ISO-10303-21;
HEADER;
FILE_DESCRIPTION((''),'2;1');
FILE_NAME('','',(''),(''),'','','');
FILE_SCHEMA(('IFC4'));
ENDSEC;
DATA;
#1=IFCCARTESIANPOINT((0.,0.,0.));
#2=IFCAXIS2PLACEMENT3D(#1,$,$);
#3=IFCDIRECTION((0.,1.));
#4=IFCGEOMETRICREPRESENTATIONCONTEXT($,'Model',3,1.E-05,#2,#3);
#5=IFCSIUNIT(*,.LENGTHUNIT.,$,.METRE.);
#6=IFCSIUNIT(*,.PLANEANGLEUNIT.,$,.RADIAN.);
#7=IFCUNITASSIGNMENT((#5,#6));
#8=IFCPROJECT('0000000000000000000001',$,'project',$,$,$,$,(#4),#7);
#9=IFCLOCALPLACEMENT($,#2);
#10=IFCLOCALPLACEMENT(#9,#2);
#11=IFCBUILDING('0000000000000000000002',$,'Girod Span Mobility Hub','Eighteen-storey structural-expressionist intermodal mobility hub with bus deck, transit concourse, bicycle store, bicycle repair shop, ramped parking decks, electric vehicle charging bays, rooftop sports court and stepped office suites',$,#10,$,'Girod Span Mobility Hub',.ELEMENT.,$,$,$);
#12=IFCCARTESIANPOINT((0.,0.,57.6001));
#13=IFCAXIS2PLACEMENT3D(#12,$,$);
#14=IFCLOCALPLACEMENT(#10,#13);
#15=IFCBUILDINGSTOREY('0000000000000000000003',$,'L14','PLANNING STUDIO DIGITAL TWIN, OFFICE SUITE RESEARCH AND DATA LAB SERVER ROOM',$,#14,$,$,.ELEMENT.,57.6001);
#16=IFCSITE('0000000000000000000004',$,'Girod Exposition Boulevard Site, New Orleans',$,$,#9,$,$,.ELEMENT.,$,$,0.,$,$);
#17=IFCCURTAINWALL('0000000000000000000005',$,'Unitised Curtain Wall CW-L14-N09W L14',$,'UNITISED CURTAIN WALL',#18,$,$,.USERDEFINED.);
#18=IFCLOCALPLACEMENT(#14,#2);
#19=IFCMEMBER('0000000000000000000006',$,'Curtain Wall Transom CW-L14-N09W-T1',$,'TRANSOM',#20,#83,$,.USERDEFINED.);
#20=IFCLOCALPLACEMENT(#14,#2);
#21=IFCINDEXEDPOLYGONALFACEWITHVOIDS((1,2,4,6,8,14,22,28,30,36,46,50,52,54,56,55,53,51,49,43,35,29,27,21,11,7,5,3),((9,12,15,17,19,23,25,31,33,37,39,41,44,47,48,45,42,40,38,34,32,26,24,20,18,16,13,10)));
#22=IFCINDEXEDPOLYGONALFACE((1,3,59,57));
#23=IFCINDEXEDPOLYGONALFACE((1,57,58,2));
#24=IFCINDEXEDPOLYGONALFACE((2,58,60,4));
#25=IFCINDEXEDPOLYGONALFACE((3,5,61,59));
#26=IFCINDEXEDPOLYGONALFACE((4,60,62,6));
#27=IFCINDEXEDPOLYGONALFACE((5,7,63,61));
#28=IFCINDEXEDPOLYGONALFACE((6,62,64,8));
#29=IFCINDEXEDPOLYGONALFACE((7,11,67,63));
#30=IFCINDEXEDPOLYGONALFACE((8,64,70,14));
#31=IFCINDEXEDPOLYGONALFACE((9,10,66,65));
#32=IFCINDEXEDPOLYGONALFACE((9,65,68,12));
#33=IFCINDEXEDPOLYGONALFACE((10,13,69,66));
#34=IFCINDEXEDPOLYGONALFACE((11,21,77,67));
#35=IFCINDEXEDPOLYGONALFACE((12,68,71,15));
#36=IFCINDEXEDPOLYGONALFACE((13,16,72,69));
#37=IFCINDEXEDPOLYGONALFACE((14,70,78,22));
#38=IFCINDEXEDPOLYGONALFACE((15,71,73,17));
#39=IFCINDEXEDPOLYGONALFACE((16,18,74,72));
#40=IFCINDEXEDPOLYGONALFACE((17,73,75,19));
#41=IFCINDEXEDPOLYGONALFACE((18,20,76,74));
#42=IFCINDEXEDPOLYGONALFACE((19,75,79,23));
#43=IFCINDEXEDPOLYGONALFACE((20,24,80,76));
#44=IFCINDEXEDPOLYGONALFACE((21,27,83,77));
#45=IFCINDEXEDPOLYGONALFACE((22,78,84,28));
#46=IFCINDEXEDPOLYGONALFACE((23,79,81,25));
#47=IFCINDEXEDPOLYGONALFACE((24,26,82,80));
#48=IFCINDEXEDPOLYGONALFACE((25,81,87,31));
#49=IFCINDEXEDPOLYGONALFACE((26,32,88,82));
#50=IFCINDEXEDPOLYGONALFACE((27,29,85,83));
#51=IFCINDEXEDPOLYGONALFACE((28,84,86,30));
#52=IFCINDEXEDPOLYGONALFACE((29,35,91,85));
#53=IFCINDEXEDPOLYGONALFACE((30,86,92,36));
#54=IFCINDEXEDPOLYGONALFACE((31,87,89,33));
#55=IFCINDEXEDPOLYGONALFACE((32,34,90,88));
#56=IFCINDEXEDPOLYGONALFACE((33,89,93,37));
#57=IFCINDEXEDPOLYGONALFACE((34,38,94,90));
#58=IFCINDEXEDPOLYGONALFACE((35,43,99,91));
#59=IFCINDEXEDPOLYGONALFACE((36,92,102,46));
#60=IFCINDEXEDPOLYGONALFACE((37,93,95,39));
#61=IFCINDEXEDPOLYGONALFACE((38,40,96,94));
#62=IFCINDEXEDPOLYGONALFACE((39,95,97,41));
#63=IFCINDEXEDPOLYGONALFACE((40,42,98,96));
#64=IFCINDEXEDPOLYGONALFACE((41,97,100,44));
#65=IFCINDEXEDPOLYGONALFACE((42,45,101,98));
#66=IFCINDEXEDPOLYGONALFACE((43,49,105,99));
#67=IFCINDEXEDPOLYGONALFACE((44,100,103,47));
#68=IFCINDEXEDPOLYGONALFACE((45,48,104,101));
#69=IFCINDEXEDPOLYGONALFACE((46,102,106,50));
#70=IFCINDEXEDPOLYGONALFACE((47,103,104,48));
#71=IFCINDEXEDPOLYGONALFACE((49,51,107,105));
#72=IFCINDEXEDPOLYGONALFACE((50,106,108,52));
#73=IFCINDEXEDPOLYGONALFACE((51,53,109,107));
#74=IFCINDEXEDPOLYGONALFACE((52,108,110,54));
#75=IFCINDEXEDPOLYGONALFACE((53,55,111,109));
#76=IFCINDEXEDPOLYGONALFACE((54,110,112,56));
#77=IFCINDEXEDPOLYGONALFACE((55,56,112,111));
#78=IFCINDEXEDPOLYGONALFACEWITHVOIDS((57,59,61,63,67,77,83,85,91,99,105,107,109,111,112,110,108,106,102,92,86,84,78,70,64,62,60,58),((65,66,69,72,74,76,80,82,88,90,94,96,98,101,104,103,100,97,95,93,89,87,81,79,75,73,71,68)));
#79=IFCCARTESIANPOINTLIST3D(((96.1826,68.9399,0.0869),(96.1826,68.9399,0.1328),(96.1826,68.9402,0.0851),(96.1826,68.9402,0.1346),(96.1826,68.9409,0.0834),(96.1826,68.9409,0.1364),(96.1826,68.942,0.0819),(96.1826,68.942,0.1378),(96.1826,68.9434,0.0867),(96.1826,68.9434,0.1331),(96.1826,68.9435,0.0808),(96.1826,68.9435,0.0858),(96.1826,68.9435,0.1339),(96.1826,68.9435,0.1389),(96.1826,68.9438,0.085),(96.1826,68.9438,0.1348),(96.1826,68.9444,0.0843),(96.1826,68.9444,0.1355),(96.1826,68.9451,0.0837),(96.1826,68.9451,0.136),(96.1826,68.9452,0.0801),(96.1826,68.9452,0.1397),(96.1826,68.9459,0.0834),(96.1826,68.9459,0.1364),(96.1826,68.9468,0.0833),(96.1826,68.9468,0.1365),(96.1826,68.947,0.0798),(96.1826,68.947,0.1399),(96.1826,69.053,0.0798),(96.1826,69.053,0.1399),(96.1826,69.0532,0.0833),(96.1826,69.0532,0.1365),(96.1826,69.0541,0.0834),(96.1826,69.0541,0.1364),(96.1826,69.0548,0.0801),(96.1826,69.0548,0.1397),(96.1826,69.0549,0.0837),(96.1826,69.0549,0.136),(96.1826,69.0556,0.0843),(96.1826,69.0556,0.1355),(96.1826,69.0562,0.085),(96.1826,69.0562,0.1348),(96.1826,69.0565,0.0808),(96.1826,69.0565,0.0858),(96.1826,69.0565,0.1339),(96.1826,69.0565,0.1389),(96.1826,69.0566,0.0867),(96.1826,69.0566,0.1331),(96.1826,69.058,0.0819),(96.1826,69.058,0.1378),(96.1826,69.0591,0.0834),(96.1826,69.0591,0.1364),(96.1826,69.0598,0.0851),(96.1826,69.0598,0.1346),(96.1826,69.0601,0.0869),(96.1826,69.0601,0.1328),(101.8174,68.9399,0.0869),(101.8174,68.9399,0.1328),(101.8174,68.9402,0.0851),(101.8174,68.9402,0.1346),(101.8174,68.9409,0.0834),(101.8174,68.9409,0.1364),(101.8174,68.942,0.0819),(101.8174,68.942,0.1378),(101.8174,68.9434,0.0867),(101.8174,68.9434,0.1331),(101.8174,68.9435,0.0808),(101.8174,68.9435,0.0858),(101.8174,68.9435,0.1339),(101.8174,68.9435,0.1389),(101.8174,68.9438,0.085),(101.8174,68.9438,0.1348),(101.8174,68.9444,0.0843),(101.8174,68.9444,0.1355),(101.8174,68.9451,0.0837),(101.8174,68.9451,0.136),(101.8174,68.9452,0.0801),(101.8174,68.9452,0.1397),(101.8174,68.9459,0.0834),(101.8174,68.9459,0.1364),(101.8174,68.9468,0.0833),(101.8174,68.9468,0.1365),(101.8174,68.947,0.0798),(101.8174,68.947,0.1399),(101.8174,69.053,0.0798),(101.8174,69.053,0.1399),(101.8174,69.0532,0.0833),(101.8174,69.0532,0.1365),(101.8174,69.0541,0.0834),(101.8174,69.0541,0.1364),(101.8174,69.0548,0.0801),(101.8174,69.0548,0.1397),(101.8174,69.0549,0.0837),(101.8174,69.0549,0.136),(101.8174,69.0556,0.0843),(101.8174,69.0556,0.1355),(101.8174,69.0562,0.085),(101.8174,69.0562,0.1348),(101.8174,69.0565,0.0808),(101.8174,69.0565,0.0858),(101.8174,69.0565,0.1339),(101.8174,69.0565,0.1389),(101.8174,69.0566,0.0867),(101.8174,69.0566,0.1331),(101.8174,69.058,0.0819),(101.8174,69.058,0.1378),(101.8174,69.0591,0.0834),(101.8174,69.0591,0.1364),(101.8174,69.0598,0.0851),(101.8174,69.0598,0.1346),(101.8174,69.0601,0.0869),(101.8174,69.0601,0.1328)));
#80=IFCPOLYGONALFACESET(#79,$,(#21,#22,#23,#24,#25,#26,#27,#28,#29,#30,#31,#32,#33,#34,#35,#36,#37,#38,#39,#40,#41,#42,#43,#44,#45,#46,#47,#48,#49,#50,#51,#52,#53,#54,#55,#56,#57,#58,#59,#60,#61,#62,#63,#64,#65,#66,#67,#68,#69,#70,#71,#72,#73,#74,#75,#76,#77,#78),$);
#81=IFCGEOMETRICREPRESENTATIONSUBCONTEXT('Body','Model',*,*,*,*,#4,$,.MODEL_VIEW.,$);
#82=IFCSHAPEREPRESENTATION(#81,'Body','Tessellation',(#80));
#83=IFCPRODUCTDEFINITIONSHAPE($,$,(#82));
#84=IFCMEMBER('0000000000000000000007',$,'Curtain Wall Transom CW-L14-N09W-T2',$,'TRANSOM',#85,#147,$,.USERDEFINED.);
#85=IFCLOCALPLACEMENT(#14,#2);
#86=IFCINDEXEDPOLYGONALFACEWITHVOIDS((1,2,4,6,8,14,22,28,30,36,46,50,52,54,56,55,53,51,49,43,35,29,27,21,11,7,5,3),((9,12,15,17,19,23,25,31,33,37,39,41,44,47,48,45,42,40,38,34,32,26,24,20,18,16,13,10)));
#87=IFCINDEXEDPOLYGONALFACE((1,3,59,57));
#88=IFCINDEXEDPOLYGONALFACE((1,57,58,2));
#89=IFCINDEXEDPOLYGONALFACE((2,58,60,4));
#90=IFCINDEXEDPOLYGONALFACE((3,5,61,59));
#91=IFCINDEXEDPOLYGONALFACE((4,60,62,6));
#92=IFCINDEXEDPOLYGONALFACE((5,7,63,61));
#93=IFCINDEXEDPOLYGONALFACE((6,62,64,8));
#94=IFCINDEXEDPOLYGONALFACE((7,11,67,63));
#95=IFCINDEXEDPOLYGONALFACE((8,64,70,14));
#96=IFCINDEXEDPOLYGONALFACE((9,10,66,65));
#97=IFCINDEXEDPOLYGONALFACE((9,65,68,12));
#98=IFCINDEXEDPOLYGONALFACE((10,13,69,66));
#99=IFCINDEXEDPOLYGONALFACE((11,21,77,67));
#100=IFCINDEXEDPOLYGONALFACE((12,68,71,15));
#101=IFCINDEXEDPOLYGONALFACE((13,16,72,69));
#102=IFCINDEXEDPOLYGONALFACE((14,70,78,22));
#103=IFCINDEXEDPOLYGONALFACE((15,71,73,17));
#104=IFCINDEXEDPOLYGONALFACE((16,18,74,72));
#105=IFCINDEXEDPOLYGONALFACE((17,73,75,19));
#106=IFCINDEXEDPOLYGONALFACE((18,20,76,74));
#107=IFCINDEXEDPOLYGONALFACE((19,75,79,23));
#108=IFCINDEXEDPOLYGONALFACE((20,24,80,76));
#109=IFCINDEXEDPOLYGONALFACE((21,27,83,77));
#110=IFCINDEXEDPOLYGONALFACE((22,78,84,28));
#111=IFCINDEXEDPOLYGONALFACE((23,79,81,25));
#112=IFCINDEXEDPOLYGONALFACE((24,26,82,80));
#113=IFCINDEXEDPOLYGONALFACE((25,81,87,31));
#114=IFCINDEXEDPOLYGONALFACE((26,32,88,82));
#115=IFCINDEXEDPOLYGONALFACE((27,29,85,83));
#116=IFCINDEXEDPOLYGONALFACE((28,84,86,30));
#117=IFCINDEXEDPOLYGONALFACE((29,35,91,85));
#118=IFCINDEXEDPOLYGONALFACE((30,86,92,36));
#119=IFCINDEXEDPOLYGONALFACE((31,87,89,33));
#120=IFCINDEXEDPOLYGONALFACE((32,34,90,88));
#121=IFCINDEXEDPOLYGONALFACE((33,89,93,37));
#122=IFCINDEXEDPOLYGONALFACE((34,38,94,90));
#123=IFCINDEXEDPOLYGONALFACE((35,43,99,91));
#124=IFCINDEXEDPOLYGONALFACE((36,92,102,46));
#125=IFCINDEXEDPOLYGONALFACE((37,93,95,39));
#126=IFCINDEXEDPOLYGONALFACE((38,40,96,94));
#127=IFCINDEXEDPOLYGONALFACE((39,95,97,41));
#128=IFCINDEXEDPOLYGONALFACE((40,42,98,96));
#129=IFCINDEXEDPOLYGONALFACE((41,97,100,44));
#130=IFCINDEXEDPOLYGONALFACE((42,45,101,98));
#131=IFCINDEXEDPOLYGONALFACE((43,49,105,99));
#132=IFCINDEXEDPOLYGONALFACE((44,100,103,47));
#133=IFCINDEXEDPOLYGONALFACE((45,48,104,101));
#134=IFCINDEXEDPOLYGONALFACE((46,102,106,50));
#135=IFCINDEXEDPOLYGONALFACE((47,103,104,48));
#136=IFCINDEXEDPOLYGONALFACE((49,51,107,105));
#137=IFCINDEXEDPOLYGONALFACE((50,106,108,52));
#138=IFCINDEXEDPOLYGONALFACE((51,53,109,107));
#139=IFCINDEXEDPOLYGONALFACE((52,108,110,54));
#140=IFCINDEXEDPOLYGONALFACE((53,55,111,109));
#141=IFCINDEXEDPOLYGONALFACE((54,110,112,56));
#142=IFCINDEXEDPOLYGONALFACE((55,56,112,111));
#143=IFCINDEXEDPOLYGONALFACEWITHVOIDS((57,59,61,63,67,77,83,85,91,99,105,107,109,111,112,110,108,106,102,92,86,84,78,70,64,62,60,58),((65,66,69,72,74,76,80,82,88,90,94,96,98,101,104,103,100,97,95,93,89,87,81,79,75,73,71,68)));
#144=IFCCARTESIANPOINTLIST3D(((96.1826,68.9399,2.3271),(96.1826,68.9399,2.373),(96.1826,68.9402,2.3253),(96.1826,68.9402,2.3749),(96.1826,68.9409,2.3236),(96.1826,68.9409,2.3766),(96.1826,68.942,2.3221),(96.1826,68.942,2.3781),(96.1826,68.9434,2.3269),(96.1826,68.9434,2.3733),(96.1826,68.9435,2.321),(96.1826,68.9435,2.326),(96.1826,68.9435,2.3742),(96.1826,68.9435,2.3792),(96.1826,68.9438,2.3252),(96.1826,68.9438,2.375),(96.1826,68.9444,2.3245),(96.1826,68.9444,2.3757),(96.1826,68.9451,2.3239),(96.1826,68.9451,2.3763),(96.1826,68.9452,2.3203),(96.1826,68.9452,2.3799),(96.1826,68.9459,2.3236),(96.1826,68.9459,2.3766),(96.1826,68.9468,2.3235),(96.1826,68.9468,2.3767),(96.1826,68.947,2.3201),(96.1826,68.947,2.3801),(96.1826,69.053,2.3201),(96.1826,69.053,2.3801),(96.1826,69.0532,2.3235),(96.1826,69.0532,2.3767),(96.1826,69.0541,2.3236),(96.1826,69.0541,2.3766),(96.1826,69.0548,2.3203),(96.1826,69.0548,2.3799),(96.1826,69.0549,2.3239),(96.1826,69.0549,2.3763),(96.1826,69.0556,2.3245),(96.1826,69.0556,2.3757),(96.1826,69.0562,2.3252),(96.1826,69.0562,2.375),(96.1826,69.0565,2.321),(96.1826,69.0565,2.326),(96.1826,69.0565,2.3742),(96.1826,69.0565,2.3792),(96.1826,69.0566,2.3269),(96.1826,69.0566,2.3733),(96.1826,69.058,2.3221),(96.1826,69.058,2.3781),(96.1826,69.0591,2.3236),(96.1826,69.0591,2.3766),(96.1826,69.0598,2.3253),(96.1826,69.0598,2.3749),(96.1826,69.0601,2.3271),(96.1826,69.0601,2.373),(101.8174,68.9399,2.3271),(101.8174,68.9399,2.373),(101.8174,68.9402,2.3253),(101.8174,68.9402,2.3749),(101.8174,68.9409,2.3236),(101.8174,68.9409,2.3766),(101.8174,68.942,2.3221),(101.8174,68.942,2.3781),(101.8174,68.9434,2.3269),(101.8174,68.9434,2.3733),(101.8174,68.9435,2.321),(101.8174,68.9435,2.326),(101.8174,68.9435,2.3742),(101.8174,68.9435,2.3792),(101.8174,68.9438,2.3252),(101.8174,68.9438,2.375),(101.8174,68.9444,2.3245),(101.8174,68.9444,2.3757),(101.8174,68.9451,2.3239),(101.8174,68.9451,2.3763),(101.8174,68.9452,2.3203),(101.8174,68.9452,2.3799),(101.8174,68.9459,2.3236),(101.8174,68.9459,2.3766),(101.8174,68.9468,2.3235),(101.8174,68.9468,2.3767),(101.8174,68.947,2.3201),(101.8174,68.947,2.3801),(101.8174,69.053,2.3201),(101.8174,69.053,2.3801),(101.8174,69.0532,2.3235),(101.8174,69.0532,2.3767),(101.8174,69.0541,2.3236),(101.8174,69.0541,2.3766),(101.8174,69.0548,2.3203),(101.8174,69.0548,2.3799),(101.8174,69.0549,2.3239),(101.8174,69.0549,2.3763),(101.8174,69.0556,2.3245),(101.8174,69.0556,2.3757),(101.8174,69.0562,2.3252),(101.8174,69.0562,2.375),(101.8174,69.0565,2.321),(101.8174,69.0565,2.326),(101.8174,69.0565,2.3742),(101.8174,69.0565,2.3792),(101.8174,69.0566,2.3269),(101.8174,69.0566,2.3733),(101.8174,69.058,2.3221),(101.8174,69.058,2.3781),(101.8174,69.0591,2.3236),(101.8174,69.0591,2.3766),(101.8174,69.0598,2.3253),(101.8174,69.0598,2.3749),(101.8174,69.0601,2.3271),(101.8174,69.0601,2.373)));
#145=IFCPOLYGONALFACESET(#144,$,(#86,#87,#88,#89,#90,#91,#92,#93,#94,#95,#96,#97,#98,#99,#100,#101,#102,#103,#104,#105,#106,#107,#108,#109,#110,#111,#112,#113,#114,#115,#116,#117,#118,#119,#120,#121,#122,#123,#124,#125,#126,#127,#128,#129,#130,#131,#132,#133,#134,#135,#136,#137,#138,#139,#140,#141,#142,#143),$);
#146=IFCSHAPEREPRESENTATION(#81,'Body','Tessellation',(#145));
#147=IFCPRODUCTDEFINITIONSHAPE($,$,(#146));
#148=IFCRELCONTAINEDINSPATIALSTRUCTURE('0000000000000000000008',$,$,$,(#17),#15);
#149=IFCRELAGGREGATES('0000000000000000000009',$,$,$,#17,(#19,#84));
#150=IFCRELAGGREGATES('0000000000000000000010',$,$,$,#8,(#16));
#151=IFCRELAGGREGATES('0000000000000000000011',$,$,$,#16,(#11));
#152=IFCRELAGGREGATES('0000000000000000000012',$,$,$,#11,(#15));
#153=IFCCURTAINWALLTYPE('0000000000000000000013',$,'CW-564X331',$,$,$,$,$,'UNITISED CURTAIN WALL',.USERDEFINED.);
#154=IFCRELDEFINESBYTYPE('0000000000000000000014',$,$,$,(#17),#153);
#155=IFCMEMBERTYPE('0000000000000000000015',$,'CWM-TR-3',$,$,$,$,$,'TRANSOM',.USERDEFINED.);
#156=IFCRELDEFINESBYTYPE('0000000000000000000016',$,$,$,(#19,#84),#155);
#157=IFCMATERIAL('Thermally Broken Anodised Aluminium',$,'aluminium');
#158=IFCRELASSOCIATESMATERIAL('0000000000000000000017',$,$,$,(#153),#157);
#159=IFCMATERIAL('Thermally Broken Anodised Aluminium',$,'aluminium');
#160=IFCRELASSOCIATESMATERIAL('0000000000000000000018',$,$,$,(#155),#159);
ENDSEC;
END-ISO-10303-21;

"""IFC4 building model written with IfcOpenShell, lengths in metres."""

from ifc_helpers import new_model, si_unit, direction, frame, origin, origin_2d, place, context, subcontext, project, spatial, hollow_rectangle, extrude, material, material_profile, profile_set, type_object, element, aggregate, save


model = new_model("IFC4")

# Units and contexts
model_context = context("Model", 3, precision=1e-05, world=origin(), true_north=direction((0.0, 1.0)))
body_context = subcontext(model_context, "Body", "Model", "MODEL_VIEW")
ifc_project = project(units=[si_unit("LENGTHUNIT", "METRE"), si_unit("PLANEANGLEUNIT", "RADIAN")], contexts=[model_context])

# Site, building, storey
site_placement = place(None, origin())
site = spatial("IfcSite", under=ifc_project, at=site_placement, Name="Girod Exposition Boulevard Site, New Orleans", CompositionType="ELEMENT", RefElevation=0.0)
building_placement = place(site_placement, origin())
building = spatial("IfcBuilding", under=site, at=building_placement, Name="Girod Span Mobility Hub", Description="Eighteen-storey structural-expressionist intermodal mobility hub with bus deck, transit concourse, bicycle store, bicycle repair shop, ramped parking decks, electric vehicle charging bays, rooftop sports court and stepped office suites", LongName="Girod Span Mobility Hub", CompositionType="ELEMENT")
storey_placement = place(building_placement, frame((0.0, 0.0, 57.6001)))
storey = spatial("IfcBuildingStorey", under=building, at=storey_placement, Name="L14", Description="PLANNING STUDIO DIGITAL TWIN, OFFICE SUITE RESEARCH AND DATA LAB SERVER ROOM", CompositionType="ELEMENT", Elevation=57.6001)

# Curtain wall
ifc_material_1 = material(Name="Thermally Broken Anodised Aluminium", Category="aluminium")
curtain_wall_type = type_object("IfcCurtainWallType", Name="CW-564X331", ElementType="UNITISED CURTAIN WALL", PredefinedType="USERDEFINED", material=ifc_material_1)
curtain_wall_1_placement = place(storey_placement, origin())
curtain_wall_1 = element("IfcCurtainWall", 1, at=curtain_wall_1_placement, inside=storey, type_object=curtain_wall_type, Name="Unitised Curtain Wall CW-L14-N09W L14", ObjectType="UNITISED CURTAIN WALL", PredefinedType="USERDEFINED")

# Members
ifc_material_2 = material(Name="Thermally Broken Anodised Aluminium", Category="aluminium")
ifc_material_profile_1 = material_profile(ifc_material_2, hollow_rectangle(XDim=0.1201, YDim=0.0601, WallThickness=0.0034, InnerFilletRadius=0.0034, OuterFilletRadius=0.0071, at=origin_2d()), Name="CW-TR-60X120")
ifc_profile_set_1 = profile_set([ifc_material_profile_1], Name="Thermally Broken Anodised Aluminium")
member_type_1 = type_object("IfcMemberType", Name="CWM-TR-3", ElementType="TRANSOM", PredefinedType="USERDEFINED", material=ifc_profile_set_1)
member_1_placement = place(storey_placement, frame((96.1826, 69.0, 0.1099), z_axis=(1.0, 0.0, 0.0), x_axis=(0.0, 1.0, 0.0)))
member_1 = element("IfcMember", 2, at=member_1_placement, type_object=member_type_1, Name="Curtain Wall Transom CW-L14-N09W-T1", ObjectType="TRANSOM", PredefinedType="USERDEFINED", context=body_context, shape_type="SweptSolid", body=[
    extrude(hollow_rectangle(XDim=0.1201, YDim=0.0601, WallThickness=0.0034, InnerFilletRadius=0.0034, OuterFilletRadius=0.0071, at=origin_2d()), origin(), (0.0, 0.0, 1.0), 5.6348),
])
member_2_placement = place(storey_placement, frame((96.1826, 69.0, 2.3501), z_axis=(1.0, 0.0, 0.0), x_axis=(0.0, 1.0, 0.0)))
member_2 = element("IfcMember", 3, at=member_2_placement, type_object=member_type_1, Name="Curtain Wall Transom CW-L14-N09W-T2", ObjectType="TRANSOM", PredefinedType="USERDEFINED", context=body_context, shape_type="SweptSolid", body=[
    extrude(hollow_rectangle(XDim=0.1201, YDim=0.0601, WallThickness=0.0034, InnerFilletRadius=0.0034, OuterFilletRadius=0.0071, at=origin_2d()), origin(), (0.0, 0.0, 1.0), 5.6348),
])

aggregate(curtain_wall_1, [member_1, member_2])

save(model, "model.ifc")
